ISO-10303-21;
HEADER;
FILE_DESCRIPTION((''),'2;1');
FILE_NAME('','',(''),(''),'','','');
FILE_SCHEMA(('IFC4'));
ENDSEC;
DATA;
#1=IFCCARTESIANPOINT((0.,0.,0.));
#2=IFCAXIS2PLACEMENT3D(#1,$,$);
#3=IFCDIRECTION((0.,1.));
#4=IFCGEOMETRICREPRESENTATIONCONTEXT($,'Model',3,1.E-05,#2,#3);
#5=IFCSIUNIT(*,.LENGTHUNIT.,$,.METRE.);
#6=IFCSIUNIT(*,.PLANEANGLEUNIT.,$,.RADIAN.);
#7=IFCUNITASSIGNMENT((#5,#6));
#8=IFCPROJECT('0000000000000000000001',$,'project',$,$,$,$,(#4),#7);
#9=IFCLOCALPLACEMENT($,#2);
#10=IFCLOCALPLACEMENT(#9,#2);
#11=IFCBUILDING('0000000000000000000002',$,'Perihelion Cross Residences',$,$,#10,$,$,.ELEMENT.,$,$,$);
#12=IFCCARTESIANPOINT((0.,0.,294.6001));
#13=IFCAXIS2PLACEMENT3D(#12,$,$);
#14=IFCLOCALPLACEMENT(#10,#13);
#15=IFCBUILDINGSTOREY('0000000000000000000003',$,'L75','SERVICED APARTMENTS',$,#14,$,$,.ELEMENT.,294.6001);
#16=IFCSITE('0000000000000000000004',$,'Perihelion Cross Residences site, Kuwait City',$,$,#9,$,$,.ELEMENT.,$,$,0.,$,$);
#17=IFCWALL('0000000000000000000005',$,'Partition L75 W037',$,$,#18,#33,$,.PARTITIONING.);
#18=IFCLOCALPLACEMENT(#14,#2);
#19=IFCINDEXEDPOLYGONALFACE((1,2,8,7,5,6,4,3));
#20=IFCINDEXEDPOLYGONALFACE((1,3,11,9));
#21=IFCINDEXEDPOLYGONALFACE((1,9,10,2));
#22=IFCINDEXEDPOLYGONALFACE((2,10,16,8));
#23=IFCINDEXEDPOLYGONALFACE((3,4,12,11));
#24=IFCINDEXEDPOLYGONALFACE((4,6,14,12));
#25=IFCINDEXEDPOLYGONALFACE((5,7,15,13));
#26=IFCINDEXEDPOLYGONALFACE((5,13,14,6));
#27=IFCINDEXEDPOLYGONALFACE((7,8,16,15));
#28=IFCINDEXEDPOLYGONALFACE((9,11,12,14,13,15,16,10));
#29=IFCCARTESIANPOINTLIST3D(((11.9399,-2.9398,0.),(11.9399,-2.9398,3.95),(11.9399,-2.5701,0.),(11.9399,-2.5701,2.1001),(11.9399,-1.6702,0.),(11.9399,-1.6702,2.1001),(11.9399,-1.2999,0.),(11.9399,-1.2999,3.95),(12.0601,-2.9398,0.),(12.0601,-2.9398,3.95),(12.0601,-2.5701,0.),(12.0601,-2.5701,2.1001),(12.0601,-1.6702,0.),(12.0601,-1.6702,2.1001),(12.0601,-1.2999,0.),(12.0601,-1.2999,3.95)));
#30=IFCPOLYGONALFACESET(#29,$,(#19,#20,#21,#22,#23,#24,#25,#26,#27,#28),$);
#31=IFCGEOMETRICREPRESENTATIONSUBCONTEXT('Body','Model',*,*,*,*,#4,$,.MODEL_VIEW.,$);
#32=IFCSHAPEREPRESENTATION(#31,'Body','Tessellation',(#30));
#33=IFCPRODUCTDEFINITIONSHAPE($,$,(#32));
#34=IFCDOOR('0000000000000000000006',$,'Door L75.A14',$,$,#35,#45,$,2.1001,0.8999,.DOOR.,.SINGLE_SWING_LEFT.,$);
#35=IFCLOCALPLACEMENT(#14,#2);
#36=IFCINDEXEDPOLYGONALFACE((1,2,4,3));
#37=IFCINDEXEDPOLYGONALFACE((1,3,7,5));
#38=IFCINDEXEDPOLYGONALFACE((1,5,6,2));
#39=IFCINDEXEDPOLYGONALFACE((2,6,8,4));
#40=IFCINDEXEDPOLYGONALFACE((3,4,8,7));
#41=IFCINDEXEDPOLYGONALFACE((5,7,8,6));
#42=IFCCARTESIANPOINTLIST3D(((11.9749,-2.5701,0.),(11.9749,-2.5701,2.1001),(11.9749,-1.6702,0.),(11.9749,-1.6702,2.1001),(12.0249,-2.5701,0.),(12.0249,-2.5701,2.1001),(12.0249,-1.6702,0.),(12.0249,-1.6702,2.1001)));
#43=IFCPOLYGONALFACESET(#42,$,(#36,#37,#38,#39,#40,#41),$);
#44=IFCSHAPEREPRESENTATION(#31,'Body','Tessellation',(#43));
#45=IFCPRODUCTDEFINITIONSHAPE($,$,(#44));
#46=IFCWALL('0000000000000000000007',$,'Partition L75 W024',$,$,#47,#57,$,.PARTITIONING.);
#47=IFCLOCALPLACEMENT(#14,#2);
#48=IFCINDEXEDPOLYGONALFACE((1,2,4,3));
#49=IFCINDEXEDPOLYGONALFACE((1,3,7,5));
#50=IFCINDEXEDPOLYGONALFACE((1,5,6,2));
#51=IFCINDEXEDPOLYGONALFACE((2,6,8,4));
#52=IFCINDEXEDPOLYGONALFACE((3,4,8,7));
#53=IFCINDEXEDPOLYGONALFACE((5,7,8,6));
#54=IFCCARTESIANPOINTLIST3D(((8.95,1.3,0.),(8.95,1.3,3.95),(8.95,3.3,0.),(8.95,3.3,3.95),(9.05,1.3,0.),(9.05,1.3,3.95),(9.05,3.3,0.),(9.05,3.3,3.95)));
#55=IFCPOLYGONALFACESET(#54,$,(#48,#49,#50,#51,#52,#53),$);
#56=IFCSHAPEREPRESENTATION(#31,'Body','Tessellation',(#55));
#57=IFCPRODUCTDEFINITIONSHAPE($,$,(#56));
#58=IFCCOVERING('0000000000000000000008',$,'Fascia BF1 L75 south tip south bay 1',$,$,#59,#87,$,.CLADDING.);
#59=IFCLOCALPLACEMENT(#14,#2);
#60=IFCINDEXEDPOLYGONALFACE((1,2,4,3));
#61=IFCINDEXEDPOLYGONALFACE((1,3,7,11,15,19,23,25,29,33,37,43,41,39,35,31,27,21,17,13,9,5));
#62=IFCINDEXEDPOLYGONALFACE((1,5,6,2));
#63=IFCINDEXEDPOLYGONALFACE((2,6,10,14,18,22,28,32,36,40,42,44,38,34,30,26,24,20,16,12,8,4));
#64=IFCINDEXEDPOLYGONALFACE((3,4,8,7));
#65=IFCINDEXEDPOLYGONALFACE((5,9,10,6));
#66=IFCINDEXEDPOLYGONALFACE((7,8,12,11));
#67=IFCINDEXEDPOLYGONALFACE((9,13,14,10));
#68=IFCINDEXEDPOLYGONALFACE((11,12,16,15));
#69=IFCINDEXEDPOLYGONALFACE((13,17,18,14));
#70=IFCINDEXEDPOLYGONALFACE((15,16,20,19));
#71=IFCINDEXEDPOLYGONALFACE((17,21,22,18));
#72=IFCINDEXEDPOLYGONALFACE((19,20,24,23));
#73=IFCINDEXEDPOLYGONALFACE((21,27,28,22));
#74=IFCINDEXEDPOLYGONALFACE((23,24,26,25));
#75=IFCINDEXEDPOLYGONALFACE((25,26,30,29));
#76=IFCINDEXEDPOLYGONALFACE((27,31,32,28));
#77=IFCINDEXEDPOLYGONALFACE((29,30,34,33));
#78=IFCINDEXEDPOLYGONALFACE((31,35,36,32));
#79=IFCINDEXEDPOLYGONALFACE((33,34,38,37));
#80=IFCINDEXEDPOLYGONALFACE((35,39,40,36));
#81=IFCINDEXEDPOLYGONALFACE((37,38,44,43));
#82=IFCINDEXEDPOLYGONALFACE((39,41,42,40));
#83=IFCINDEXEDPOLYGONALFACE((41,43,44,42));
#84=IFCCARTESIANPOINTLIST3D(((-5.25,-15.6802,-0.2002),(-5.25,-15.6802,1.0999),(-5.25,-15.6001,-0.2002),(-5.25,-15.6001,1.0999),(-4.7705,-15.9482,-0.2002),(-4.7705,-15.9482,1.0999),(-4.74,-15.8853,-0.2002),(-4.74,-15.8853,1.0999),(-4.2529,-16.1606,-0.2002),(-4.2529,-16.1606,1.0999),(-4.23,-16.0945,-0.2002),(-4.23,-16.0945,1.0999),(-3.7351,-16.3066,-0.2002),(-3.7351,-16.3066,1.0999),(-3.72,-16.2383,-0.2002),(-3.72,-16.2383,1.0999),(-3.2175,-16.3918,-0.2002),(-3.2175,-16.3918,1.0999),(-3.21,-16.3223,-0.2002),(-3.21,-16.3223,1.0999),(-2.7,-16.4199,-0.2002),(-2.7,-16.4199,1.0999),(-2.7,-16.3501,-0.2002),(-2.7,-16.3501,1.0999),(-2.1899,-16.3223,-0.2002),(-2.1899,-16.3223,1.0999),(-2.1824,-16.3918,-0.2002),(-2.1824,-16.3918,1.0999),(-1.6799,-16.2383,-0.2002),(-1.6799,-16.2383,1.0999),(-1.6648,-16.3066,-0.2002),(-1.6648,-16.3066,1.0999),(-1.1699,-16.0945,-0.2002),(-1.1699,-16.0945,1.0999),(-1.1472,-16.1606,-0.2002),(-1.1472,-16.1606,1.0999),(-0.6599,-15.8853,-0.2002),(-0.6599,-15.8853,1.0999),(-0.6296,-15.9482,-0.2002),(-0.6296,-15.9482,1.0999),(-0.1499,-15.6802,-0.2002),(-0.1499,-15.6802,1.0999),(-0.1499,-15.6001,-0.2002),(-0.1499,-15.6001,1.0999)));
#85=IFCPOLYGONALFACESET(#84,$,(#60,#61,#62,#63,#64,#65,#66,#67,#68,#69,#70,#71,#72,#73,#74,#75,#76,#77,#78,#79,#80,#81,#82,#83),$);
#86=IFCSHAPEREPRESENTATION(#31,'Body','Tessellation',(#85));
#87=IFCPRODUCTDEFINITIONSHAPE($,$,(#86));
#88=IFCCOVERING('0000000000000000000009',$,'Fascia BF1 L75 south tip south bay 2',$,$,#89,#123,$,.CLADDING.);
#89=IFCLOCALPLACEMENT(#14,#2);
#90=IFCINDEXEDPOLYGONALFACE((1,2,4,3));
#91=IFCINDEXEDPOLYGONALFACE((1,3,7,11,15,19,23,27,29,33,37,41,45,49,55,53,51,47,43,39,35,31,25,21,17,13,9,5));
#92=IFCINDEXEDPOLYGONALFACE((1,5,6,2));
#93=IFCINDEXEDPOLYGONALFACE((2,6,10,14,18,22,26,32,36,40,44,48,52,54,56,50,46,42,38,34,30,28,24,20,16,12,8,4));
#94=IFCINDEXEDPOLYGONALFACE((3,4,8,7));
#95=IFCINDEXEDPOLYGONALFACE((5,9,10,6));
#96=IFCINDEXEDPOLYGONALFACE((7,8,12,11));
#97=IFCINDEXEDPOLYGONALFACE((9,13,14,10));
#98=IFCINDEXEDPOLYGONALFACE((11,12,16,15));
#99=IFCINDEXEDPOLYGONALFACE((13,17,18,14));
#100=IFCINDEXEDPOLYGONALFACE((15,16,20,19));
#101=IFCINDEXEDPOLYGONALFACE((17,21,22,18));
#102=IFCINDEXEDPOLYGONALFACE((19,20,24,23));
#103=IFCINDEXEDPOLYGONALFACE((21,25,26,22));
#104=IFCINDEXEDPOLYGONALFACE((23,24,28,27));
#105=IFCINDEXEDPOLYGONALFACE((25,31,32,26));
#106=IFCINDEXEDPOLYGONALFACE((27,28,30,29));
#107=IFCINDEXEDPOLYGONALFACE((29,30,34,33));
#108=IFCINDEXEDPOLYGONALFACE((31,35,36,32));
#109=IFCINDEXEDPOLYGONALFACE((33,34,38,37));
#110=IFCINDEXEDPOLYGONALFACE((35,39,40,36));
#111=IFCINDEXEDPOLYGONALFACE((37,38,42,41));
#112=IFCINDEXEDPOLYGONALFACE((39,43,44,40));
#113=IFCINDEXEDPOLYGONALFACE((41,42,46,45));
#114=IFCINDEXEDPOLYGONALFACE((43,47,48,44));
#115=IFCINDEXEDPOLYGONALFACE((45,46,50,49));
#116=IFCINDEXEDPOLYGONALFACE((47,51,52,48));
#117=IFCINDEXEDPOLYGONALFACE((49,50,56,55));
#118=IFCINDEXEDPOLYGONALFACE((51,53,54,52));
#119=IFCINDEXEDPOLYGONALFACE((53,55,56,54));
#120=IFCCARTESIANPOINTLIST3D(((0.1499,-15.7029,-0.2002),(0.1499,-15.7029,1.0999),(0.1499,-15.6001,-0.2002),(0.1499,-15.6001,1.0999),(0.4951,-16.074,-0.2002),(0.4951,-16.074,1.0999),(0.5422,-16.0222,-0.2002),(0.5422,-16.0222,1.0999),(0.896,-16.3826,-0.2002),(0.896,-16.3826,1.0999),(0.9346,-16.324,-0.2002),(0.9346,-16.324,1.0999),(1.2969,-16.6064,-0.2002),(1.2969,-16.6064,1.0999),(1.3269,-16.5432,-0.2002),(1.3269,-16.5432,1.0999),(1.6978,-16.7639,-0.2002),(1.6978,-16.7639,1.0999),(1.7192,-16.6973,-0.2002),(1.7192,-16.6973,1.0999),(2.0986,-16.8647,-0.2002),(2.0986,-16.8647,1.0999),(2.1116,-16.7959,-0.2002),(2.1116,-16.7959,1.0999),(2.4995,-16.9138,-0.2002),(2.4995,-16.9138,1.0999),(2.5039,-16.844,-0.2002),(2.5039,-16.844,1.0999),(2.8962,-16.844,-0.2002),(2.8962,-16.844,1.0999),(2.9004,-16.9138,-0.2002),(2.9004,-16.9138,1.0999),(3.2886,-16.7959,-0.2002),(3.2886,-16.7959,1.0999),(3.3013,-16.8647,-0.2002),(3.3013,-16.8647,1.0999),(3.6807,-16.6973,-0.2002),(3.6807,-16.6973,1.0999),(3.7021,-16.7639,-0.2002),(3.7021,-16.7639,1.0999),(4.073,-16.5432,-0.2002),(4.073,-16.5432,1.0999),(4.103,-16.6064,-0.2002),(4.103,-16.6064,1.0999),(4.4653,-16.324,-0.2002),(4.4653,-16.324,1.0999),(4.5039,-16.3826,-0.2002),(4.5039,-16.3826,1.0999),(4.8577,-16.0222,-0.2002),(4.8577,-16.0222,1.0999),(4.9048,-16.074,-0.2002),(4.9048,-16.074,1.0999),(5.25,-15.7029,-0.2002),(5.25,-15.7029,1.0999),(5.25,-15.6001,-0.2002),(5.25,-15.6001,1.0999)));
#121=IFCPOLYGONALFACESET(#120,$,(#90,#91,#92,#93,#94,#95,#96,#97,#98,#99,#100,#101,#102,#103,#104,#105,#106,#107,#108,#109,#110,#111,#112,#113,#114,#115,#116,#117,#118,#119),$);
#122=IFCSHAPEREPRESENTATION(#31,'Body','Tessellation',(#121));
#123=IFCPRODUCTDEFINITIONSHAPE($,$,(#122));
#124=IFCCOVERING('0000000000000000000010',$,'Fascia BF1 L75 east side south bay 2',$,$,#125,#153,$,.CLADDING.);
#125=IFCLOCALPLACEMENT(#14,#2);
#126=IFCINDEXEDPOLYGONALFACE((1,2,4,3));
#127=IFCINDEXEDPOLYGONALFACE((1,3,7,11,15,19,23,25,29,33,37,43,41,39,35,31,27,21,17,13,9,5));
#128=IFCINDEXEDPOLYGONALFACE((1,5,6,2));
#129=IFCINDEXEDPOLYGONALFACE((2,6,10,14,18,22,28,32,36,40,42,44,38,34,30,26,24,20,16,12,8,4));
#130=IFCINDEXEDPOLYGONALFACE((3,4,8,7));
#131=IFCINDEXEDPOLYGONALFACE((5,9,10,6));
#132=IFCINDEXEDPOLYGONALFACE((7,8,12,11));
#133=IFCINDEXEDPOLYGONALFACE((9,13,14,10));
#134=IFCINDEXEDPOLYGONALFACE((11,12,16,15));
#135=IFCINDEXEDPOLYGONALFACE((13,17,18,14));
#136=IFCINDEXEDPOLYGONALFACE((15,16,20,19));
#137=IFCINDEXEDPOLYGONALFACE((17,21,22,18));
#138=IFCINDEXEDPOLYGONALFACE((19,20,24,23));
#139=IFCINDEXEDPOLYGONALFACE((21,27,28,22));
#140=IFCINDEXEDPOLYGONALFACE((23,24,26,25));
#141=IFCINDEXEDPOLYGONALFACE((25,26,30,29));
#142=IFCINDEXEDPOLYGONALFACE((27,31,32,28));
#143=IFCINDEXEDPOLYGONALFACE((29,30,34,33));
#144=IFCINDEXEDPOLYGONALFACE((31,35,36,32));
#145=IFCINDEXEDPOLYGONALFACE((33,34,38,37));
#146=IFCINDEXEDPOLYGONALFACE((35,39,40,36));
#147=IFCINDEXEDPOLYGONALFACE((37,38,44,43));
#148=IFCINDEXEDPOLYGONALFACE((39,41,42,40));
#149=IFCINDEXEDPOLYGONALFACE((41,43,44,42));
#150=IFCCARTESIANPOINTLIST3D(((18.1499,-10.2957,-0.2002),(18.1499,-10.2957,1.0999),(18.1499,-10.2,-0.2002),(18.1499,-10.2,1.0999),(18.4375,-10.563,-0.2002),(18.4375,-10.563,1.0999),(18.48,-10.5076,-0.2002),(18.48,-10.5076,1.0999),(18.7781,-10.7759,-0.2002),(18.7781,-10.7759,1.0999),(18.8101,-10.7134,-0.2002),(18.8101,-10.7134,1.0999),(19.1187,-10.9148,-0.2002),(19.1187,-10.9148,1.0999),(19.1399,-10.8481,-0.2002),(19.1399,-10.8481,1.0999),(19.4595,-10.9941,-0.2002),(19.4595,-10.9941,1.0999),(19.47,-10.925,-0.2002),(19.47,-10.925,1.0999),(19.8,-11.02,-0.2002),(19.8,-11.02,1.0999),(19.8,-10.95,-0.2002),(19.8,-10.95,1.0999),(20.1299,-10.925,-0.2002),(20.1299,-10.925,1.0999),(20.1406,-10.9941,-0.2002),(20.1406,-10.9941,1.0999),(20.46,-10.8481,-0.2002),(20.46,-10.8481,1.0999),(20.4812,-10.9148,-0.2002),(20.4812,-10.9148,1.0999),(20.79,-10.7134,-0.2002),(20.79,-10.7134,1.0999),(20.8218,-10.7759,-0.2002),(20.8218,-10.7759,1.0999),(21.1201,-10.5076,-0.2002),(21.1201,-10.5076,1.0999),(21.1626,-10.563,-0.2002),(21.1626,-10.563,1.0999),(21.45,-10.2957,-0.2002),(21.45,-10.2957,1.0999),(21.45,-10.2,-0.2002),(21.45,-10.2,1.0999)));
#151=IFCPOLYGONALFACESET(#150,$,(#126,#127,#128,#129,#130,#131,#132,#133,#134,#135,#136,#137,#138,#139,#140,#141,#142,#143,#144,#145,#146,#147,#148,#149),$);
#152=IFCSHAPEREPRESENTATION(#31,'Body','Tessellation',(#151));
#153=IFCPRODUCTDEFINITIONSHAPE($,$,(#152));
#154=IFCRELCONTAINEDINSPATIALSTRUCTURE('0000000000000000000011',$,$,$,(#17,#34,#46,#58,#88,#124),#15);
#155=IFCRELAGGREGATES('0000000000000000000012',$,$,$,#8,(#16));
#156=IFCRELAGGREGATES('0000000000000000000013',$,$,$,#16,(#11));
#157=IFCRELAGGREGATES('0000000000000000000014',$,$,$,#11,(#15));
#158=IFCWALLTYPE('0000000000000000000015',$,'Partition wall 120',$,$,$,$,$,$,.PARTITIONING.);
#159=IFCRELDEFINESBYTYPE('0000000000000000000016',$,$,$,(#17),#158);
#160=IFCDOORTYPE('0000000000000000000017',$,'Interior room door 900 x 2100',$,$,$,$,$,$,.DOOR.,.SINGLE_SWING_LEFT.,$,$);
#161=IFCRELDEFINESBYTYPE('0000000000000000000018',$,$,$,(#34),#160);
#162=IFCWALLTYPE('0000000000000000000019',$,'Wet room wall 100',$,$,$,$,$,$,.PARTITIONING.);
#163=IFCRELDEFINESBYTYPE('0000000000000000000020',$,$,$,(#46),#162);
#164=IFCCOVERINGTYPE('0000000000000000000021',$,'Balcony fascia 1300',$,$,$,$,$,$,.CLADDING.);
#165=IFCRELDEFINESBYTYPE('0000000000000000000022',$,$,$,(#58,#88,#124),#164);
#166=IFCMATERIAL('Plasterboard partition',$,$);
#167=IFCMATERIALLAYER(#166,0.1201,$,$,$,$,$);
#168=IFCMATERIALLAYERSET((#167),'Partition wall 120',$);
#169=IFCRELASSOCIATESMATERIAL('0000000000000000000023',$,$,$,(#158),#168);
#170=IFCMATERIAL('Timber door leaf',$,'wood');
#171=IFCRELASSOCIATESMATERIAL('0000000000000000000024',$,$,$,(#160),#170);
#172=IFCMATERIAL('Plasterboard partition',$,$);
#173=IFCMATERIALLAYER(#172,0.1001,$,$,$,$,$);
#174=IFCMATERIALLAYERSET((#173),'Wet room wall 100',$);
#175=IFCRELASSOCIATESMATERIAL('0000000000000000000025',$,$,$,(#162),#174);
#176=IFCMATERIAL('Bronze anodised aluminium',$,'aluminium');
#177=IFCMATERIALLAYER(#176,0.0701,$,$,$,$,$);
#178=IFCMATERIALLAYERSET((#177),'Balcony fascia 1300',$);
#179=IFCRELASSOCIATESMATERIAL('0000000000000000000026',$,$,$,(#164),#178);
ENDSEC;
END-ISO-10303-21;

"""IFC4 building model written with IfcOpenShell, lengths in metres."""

from ifc_helpers import new_model, si_unit, direction, frame, frame_2d, origin, place, context, subcontext, project, spatial, polyline, rectangle, outline, extrude, material, layer, layer_set, type_object, element, fill, save


model = new_model("IFC4")

# Units and contexts
model_context = context("Model", 3, precision=1e-05, world=origin(), true_north=direction((0.0, 1.0)))
body_context = subcontext(model_context, "Body", "Model", "MODEL_VIEW")
ifc_project = project(units=[si_unit("LENGTHUNIT", "METRE"), si_unit("PLANEANGLEUNIT", "RADIAN")], contexts=[model_context])

# Site, building, storey
site_placement = place(None, origin())
site = spatial("IfcSite", under=ifc_project, at=site_placement, Name="Perihelion Cross Residences site, Kuwait City", CompositionType="ELEMENT", RefElevation=0.0)
building_placement = place(site_placement, origin())
building = spatial("IfcBuilding", under=site, at=building_placement, Name="Perihelion Cross Residences", CompositionType="ELEMENT")
storey_placement = place(building_placement, frame((0.0, 0.0, 294.6001)))
storey = spatial("IfcBuildingStorey", under=building, at=storey_placement, Name="L75", Description="SERVICED APARTMENTS", CompositionType="ELEMENT", Elevation=294.6001)

# Shared definitions
ifc_material_1 = material(Name="Plasterboard partition")
ifc_layer_1 = layer(ifc_material_1, 0.1201)
ifc_layer_set_1 = layer_set([ifc_layer_1], Name="Partition wall 120")
wall_type_1 = type_object("IfcWallType", Name="Partition wall 120", PredefinedType="PARTITIONING", material=ifc_layer_set_1)

# Wall, opening, door
wall_1_placement = place(storey_placement, frame((12.0, -1.3, 0.0), z_axis=(0.0, 0.0, 1.0), x_axis=(0.0, -1.0, 0.0)))
wall_1 = element("IfcWall", 1, at=wall_1_placement, inside=storey, type_object=wall_type_1, Name="Partition L75 W037", PredefinedType="PARTITIONING", context=body_context, shape_type="SweptSolid", body=[
    extrude(rectangle(XDim=1.6399, YDim=0.1201, at=frame_2d((0.8198, 0.0))), origin(), (0.0, 0.0, 1.0), 3.95),
])
opening_1_placement = place(wall_1_placement, frame((0.3701, 0.0, 0.0)))
opening_1 = element("IfcOpeningElement", 2, at=opening_1_placement, cuts=wall_1, PredefinedType="OPENING", context=body_context, shape_type="SweptSolid", body=[
    extrude(rectangle(XDim=0.8999, YDim=2.1001, at=frame_2d((0.45, 1.05))), frame((0.0, 0.0701, 0.0), z_axis=(0.0, -1.0, 0.0), x_axis=(1.0, 0.0, 0.0)), (0.0, 0.0, 1.0), 0.1401),
])
ifc_material_2 = material(Name="Timber door leaf", Category="wood")
door_type_1 = type_object("IfcDoorType", Name="Interior room door 900 x 2100", OperationType="SINGLE_SWING_LEFT", PredefinedType="DOOR", material=ifc_material_2)
door_1_placement = place(opening_1_placement, origin())
door_1 = element("IfcDoor", 3, at=door_1_placement, inside=storey, type_object=door_type_1, Name="Door L75.A14", OperationType="SINGLE_SWING_LEFT", OverallHeight=2.1001, OverallWidth=0.8999, PredefinedType="DOOR", context=body_context, shape_type="SweptSolid", body=[
    extrude(rectangle(XDim=0.8999, YDim=2.1001, at=frame_2d((0.45, 1.05))), frame((0.0, 0.0249, 0.0), z_axis=(0.0, -1.0, 0.0), x_axis=(1.0, 0.0, 0.0)), (0.0, 0.0, 1.0), 0.05),
])
fill(opening_1, door_1)

# Wall
ifc_material_3 = material(Name="Plasterboard partition")
ifc_layer_2 = layer(ifc_material_3, 0.1001)
ifc_layer_set_2 = layer_set([ifc_layer_2], Name="Wet room wall 100")
wall_type_2 = type_object("IfcWallType", Name="Wet room wall 100", PredefinedType="PARTITIONING", material=ifc_layer_set_2)
wall_2_placement = place(storey_placement, frame((9.0, 1.3, 0.0), z_axis=(0.0, 0.0, 1.0), x_axis=(0.0, 1.0, 0.0)))
element("IfcWall", 4, at=wall_2_placement, inside=storey, type_object=wall_type_2, Name="Partition L75 W024", PredefinedType="PARTITIONING", context=body_context, shape_type="SweptSolid", body=[
    extrude(rectangle(XDim=2.0, YDim=0.1001, at=frame_2d((1.0, 0.0))), origin(), (0.0, 0.0, 1.0), 3.95),
])

# Coverings
ifc_material_4 = material(Name="Bronze anodised aluminium", Category="aluminium")
ifc_layer_3 = layer(ifc_material_4, 0.0701)
ifc_layer_set_3 = layer_set([ifc_layer_3], Name="Balcony fascia 1300")
covering_type = type_object("IfcCoveringType", Name="Balcony fascia 1300", PredefinedType="CLADDING", material=ifc_layer_set_3)
covering_1_placement = place(storey_placement, frame((0.0, 0.0, -0.2002)))
element("IfcCovering", 5, at=covering_1_placement, inside=storey, type_object=covering_type, Name="Fascia BF1 L75 south tip south bay 1", PredefinedType="CLADDING", context=body_context, shape_type="SweptSolid", body=[
    extrude(outline(polyline([(-4.7705, -15.9482), (-4.2529, -16.1606), (-3.7351, -16.3066), (-3.2175, -16.3918), (-2.7, -16.4199), (-2.1824, -16.3918), (-1.6648, -16.3066), (-1.1472, -16.1606), (-0.6296, -15.9482), (-0.1499, -15.6802), (-0.1499, -15.6001), (-0.6599, -15.8853), (-1.1699, -16.0945), (-1.6799, -16.2383), (-2.1899, -16.3223), (-2.7, -16.3501), (-3.21, -16.3223), (-3.72, -16.2383), (-4.23, -16.0945), (-4.74, -15.8853), (-5.25, -15.6001), (-5.25, -15.6802), (-4.7705, -15.9482)])), origin(), (0.0, 0.0, 1.0), 1.3),
])
covering_2_placement = place(storey_placement, frame((0.0, 0.0, -0.2002)))
element("IfcCovering", 6, at=covering_2_placement, inside=storey, type_object=covering_type, Name="Fascia BF1 L75 south tip south bay 2", PredefinedType="CLADDING", context=body_context, shape_type="SweptSolid", body=[
    extrude(outline(polyline([(0.4951, -16.074), (0.896, -16.3826), (1.2969, -16.6064), (1.6978, -16.7639), (2.0986, -16.8647), (2.4995, -16.9138), (2.9004, -16.9138), (3.3013, -16.8647), (3.7021, -16.7639), (4.103, -16.6064), (4.5039, -16.3826), (4.9048, -16.074), (5.25, -15.7029), (5.25, -15.6001), (4.8577, -16.0222), (4.4653, -16.324), (4.073, -16.5432), (3.6807, -16.6973), (3.2886, -16.7959), (2.8962, -16.844), (2.5039, -16.844), (2.1116, -16.7959), (1.7192, -16.6973), (1.3269, -16.5432), (0.9346, -16.324), (0.5422, -16.0222), (0.1499, -15.6001), (0.1499, -15.7029), (0.4951, -16.074)])), origin(), (0.0, 0.0, 1.0), 1.3),
])
covering_3_placement = place(storey_placement, frame((0.0, 0.0, -0.2002)))
element("IfcCovering", 7, at=covering_3_placement, inside=storey, type_object=covering_type, Name="Fascia BF1 L75 east side south bay 2", PredefinedType="CLADDING", context=body_context, shape_type="SweptSolid", body=[
    extrude(outline(polyline([(18.4375, -10.563), (18.7781, -10.7759), (19.1187, -10.9148), (19.4595, -10.9941), (19.8, -11.02), (20.1406, -10.9941), (20.4812, -10.9148), (20.8218, -10.7759), (21.1626, -10.563), (21.45, -10.2957), (21.45, -10.2), (21.1201, -10.5076), (20.79, -10.7134), (20.46, -10.8481), (20.1299, -10.925), (19.8, -10.95), (19.47, -10.925), (19.1399, -10.8481), (18.8101, -10.7134), (18.48, -10.5076), (18.1499, -10.2), (18.1499, -10.2957), (18.4375, -10.563)])), origin(), (0.0, 0.0, 1.0), 1.3),
])

save(model, "model.ifc")
